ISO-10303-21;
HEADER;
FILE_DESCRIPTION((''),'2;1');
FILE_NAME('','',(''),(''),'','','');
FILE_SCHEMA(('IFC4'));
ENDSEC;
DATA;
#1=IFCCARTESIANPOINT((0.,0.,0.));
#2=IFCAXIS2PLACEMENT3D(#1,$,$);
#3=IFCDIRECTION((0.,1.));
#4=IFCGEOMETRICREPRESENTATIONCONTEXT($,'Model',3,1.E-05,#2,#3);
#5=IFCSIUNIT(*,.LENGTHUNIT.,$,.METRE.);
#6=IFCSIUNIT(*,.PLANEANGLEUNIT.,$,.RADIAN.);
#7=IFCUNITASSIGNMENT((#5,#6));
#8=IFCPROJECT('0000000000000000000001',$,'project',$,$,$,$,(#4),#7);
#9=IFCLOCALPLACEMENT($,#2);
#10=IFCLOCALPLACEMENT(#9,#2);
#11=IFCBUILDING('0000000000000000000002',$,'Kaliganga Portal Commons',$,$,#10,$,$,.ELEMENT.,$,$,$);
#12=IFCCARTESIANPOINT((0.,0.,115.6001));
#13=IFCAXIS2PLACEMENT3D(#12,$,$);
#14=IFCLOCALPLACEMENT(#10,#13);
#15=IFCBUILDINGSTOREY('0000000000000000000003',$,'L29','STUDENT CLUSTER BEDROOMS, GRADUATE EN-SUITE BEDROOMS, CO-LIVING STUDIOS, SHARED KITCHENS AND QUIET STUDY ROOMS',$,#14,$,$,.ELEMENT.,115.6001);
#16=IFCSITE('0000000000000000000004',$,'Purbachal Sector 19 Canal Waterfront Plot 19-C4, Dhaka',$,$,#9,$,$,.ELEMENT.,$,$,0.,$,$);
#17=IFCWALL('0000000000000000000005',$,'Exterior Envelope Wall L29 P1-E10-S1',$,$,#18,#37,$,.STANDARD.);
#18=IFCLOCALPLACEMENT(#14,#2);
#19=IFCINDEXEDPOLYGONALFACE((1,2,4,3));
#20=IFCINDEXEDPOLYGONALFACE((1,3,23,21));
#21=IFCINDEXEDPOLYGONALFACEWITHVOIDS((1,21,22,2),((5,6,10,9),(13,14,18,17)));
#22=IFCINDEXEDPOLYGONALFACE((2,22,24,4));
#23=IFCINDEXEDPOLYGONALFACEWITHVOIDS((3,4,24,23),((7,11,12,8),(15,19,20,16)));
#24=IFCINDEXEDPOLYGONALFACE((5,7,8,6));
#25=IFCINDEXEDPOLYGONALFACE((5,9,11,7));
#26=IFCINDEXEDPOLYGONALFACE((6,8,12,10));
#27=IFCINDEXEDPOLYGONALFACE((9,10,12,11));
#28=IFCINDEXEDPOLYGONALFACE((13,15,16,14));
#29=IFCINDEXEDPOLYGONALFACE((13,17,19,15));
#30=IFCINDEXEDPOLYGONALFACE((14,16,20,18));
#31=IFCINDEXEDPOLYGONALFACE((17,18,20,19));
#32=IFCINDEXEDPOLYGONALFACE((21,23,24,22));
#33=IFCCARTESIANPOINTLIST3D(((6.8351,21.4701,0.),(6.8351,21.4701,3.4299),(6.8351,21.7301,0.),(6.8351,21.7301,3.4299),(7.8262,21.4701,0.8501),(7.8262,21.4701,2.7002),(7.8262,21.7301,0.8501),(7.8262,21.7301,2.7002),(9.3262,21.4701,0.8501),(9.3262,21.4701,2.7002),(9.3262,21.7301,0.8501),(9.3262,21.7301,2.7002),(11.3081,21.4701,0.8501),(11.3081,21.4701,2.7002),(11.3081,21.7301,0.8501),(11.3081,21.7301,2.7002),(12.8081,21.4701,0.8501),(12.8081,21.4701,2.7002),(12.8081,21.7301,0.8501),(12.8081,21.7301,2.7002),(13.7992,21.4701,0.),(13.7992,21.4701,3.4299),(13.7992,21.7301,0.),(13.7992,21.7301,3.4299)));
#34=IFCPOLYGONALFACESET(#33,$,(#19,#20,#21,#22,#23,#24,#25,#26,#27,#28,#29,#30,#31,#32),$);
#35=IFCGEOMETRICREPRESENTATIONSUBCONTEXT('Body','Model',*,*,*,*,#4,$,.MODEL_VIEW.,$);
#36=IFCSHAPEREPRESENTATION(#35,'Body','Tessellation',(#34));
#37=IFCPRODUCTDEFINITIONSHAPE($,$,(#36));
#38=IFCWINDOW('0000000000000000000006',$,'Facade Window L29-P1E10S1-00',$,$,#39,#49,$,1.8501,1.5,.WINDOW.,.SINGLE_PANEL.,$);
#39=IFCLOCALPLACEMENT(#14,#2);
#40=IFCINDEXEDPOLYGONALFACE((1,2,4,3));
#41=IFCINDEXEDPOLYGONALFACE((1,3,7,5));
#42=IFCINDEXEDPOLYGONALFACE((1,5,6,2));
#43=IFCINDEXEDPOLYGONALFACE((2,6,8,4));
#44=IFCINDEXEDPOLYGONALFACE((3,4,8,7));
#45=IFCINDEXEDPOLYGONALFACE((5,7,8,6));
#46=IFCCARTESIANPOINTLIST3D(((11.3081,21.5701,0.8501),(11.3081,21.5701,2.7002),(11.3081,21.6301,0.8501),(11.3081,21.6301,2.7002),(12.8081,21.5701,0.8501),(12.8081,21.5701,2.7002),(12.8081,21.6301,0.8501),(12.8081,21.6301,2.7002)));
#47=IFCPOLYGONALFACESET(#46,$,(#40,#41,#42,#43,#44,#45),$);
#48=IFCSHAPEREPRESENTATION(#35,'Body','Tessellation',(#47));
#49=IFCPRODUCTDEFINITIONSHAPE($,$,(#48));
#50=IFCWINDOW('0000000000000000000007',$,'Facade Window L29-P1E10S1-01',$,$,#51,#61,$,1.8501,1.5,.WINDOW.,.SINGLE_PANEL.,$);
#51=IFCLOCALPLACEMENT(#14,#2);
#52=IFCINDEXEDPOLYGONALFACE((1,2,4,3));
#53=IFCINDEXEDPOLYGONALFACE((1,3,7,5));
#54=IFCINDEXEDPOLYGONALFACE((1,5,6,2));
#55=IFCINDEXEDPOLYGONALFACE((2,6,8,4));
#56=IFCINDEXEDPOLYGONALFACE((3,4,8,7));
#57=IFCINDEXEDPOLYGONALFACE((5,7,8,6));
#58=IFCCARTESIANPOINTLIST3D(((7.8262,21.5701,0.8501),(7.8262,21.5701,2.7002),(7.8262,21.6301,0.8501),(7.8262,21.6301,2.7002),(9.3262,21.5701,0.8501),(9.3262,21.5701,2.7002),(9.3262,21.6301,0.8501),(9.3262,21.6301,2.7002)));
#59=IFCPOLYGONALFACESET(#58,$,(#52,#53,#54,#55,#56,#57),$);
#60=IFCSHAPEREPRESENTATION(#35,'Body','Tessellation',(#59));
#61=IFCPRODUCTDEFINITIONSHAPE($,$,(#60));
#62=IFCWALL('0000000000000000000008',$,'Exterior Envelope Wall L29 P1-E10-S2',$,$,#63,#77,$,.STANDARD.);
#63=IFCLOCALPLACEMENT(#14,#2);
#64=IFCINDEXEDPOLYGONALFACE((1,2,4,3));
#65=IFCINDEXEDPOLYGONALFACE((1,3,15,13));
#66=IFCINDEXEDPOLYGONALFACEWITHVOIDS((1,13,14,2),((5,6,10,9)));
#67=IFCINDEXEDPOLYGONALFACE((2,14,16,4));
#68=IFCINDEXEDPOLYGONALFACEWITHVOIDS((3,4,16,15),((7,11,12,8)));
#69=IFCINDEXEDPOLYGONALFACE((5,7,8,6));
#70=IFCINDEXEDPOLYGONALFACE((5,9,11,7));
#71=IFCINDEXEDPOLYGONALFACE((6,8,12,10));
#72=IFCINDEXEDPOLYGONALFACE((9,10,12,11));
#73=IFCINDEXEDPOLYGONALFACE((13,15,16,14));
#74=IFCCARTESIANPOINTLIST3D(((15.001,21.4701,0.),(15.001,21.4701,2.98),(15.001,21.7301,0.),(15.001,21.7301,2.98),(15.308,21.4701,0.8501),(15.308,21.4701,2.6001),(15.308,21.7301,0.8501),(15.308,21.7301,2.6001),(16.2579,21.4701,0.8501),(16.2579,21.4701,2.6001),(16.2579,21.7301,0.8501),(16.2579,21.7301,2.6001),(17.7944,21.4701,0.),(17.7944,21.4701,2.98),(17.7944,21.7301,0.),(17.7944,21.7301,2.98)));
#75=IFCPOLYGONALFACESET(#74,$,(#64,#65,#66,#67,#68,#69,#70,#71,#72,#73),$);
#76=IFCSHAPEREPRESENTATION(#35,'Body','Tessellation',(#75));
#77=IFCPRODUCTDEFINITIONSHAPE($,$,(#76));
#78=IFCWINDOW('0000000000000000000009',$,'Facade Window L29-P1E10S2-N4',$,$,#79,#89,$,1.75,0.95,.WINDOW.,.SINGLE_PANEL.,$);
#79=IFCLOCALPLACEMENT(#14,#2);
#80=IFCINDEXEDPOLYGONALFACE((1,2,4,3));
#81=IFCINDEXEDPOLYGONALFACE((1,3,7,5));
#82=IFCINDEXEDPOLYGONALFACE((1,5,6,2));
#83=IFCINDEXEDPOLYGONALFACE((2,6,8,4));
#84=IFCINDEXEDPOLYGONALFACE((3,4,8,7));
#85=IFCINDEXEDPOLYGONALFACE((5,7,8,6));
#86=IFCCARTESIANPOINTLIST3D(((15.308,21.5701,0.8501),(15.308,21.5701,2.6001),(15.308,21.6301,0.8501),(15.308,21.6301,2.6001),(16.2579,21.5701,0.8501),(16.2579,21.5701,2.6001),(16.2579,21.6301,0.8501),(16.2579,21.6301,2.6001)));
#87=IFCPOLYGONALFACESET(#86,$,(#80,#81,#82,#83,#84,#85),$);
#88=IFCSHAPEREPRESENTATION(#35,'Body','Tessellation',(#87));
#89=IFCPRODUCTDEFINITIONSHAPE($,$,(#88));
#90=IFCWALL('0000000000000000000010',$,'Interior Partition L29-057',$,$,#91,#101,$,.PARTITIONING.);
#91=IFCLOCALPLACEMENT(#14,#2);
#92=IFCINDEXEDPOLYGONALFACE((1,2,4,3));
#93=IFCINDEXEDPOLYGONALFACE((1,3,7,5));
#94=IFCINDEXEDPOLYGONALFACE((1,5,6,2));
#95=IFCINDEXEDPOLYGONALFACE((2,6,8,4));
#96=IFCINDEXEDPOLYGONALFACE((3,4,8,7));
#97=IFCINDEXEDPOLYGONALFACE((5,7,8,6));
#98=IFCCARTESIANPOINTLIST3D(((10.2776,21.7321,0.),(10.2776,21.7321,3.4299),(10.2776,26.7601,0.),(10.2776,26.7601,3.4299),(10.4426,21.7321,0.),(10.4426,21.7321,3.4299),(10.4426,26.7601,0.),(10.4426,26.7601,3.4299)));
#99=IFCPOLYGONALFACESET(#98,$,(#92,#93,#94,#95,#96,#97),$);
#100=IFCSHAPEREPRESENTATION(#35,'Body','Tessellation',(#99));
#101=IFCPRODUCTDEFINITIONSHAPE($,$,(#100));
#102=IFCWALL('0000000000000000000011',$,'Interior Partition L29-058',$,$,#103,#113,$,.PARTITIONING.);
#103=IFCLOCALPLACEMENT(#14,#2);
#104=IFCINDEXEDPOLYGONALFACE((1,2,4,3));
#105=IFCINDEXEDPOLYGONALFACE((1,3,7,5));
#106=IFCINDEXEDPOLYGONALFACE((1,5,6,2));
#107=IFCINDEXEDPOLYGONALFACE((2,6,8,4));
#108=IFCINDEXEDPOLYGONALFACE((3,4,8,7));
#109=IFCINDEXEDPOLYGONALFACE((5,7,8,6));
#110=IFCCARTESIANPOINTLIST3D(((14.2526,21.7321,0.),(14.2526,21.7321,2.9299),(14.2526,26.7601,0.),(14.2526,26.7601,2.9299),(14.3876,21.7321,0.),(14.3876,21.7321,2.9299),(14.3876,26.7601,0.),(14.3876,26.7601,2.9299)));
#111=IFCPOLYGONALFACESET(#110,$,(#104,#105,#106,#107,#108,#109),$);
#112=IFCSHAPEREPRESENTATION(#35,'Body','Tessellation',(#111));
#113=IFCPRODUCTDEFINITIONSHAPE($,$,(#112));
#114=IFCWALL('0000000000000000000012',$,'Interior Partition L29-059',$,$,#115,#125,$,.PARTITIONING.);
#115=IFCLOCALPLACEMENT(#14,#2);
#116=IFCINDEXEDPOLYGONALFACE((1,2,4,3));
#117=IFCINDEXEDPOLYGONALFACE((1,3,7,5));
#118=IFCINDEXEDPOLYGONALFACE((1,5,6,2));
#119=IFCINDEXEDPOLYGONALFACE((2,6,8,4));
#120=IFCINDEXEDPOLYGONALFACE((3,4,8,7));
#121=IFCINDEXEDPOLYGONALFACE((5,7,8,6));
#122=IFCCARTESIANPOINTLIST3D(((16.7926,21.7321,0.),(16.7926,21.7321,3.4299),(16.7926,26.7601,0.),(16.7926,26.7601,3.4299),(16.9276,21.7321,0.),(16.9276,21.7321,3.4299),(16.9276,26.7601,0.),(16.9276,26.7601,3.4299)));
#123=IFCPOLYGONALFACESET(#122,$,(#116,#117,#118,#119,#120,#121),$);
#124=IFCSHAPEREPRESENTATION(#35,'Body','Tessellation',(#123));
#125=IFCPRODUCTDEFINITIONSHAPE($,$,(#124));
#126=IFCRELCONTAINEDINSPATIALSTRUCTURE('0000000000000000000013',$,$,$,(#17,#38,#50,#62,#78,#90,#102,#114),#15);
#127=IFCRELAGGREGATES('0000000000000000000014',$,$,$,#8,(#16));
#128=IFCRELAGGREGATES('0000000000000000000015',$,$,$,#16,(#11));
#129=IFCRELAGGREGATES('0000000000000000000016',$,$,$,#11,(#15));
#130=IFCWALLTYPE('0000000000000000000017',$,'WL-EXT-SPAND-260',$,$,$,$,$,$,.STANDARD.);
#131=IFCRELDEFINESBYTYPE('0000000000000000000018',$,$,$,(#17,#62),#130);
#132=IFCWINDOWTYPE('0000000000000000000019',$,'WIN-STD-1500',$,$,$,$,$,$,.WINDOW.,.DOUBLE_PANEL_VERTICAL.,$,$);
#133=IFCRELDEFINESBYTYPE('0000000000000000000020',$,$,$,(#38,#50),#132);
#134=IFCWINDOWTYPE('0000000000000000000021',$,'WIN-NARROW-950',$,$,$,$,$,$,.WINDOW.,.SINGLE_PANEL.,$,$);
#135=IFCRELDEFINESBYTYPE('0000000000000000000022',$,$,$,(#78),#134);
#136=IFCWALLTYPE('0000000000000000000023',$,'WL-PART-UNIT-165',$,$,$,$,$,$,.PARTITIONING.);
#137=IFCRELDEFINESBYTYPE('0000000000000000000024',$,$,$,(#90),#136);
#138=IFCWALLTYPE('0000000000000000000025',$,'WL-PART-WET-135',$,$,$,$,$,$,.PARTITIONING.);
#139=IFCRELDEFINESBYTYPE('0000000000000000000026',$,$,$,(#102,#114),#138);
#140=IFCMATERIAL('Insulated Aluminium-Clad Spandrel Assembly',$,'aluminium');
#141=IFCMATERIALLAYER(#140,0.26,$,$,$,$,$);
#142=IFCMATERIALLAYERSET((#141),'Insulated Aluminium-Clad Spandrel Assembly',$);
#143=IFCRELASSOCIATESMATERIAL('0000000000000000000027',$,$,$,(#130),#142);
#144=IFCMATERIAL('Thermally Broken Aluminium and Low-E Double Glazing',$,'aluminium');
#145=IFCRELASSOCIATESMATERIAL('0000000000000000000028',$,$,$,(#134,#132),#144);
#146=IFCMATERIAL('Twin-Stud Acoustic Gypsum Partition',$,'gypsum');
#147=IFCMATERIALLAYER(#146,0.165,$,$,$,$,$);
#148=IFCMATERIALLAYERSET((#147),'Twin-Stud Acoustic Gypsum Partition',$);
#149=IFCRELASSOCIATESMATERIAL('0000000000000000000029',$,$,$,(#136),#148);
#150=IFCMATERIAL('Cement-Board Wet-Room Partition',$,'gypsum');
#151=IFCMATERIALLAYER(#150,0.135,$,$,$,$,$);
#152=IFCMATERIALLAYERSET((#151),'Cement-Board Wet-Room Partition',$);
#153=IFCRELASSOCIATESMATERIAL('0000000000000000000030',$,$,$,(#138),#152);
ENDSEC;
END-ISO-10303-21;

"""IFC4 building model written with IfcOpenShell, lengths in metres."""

from ifc_helpers import new_model, si_unit, direction, frame, frame_2d, origin, place, context, subcontext, project, spatial, rectangle, extrude, material, layer, layer_set, type_object, element, fill, save


model = new_model("IFC4")

# Units and contexts
model_context = context("Model", 3, precision=1e-05, world=origin(), true_north=direction((0.0, 1.0)))
body_context = subcontext(model_context, "Body", "Model", "MODEL_VIEW")
ifc_project = project(units=[si_unit("LENGTHUNIT", "METRE"), si_unit("PLANEANGLEUNIT", "RADIAN")], contexts=[model_context])

# Site, building, storey
site_placement = place(None, origin())
site = spatial("IfcSite", under=ifc_project, at=site_placement, Name="Purbachal Sector 19 Canal Waterfront Plot 19-C4, Dhaka", CompositionType="ELEMENT", RefElevation=0.0)
building_placement = place(site_placement, origin())
building = spatial("IfcBuilding", under=site, at=building_placement, Name="Kaliganga Portal Commons", CompositionType="ELEMENT")
storey_placement = place(building_placement, frame((0.0, 0.0, 115.6001)))
storey = spatial("IfcBuildingStorey", under=building, at=storey_placement, Name="L29", Description="STUDENT CLUSTER BEDROOMS, GRADUATE EN-SUITE BEDROOMS, CO-LIVING STUDIOS, SHARED KITCHENS AND QUIET STUDY ROOMS", CompositionType="ELEMENT", Elevation=115.6001)

# Wall, openings, windows
ifc_material_1 = material(Name="Insulated Aluminium-Clad Spandrel Assembly", Category="aluminium")
ifc_layer_1 = layer(ifc_material_1, 0.26)
ifc_layer_set_1 = layer_set([ifc_layer_1], Name="Insulated Aluminium-Clad Spandrel Assembly")
wall_type_1 = type_object("IfcWallType", Name="WL-EXT-SPAND-260", PredefinedType="STANDARD", material=ifc_layer_set_1)
ifc_material_2 = material(Name="Thermally Broken Aluminium and Low-E Double Glazing", Category="aluminium")
window_type_1 = type_object("IfcWindowType", Name="WIN-NARROW-950", PartitioningType="SINGLE_PANEL", PredefinedType="WINDOW", material=ifc_material_2)
window_type_2 = type_object("IfcWindowType", Name="WIN-STD-1500", PartitioningType="DOUBLE_PANEL_VERTICAL", PredefinedType="WINDOW", material=ifc_material_2)
wall_1_placement = place(storey_placement, frame((13.7991, 21.6001, 0.0), z_axis=(0.0, 0.0, 1.0), x_axis=(-1.0, 0.0, 0.0)))
wall_1 = element("IfcWall", 1, at=wall_1_placement, inside=storey, type_object=wall_type_1, Name="Exterior Envelope Wall L29 P1-E10-S1", PredefinedType="STANDARD", context=body_context, shape_type="SweptSolid", body=[
    extrude(rectangle(XDim=6.9641, YDim=0.26, at=frame_2d((3.4819, 0.0))), origin(), (0.0, 0.0, 1.0), 3.4299),
])
opening_1_placement = place(wall_1_placement, frame((0.991, 0.0, 0.8501)))
opening_1 = element("IfcOpeningElement", 2, at=opening_1_placement, cuts=wall_1, PredefinedType="OPENING", context=body_context, shape_type="SweptSolid", body=[
    extrude(rectangle(XDim=1.5, YDim=1.8501, at=frame_2d((0.75, 0.925))), frame((0.0, 0.1401, 0.0), z_axis=(0.0, -1.0, 0.0), x_axis=(1.0, 0.0, 0.0)), (0.0, 0.0, 1.0), 0.28),
])
opening_2_placement = place(wall_1_placement, frame((4.4729, 0.0, 0.8501)))
opening_2 = element("IfcOpeningElement", 3, at=opening_2_placement, cuts=wall_1, PredefinedType="OPENING", context=body_context, shape_type="SweptSolid", body=[
    extrude(rectangle(XDim=1.5, YDim=1.8501, at=frame_2d((0.75, 0.925))), frame((0.0, 0.1401, 0.0), z_axis=(0.0, -1.0, 0.0), x_axis=(1.0, 0.0, 0.0)), (0.0, 0.0, 1.0), 0.28),
])
window_1_placement = place(opening_1_placement, origin())
window_1 = element("IfcWindow", 4, at=window_1_placement, inside=storey, type_object=window_type_2, Name="Facade Window L29-P1E10S1-00", OverallHeight=1.8501, OverallWidth=1.5, PartitioningType="SINGLE_PANEL", PredefinedType="WINDOW", context=body_context, shape_type="SweptSolid", body=[
    extrude(rectangle(XDim=1.5, YDim=1.8501, at=frame_2d((0.75, 0.925))), frame((0.0, 0.03, 0.0), z_axis=(0.0, -1.0, 0.0), x_axis=(1.0, 0.0, 0.0)), (0.0, 0.0, 1.0), 0.0601),
])
fill(opening_1, window_1)
window_2_placement = place(opening_2_placement, origin())
window_2 = element("IfcWindow", 5, at=window_2_placement, inside=storey, type_object=window_type_2, Name="Facade Window L29-P1E10S1-01", OverallHeight=1.8501, OverallWidth=1.5, PartitioningType="SINGLE_PANEL", PredefinedType="WINDOW", context=body_context, shape_type="SweptSolid", body=[
    extrude(rectangle(XDim=1.5, YDim=1.8501, at=frame_2d((0.75, 0.925))), frame((0.0, 0.03, 0.0), z_axis=(0.0, -1.0, 0.0), x_axis=(1.0, 0.0, 0.0)), (0.0, 0.0, 1.0), 0.0601),
])
fill(opening_2, window_2)

# Wall, opening, window
wall_2_placement = place(storey_placement, frame((17.7944, 21.6001, 0.0), z_axis=(0.0, 0.0, 1.0), x_axis=(-1.0, 0.0, 0.0)))
wall_2 = element("IfcWall", 6, at=wall_2_placement, inside=storey, type_object=wall_type_1, Name="Exterior Envelope Wall L29 P1-E10-S2", PredefinedType="STANDARD", context=body_context, shape_type="SweptSolid", body=[
    extrude(rectangle(XDim=2.7935, YDim=0.26, at=frame_2d((1.3967, 0.0))), origin(), (0.0, 0.0, 1.0), 2.98),
])
opening_3_placement = place(wall_2_placement, frame((1.5364, 0.0, 0.8501)))
opening_3 = element("IfcOpeningElement", 7, at=opening_3_placement, cuts=wall_2, PredefinedType="OPENING", context=body_context, shape_type="SweptSolid", body=[
    extrude(rectangle(XDim=0.95, YDim=1.75, at=frame_2d((0.4751, 0.875))), frame((0.0, 0.1401, 0.0), z_axis=(0.0, -1.0, 0.0), x_axis=(1.0, 0.0, 0.0)), (0.0, 0.0, 1.0), 0.28),
])
window_3_placement = place(opening_3_placement, origin())
window_3 = element("IfcWindow", 8, at=window_3_placement, inside=storey, type_object=window_type_1, Name="Facade Window L29-P1E10S2-N4", OverallHeight=1.75, OverallWidth=0.95, PartitioningType="SINGLE_PANEL", PredefinedType="WINDOW", context=body_context, shape_type="SweptSolid", body=[
    extrude(rectangle(XDim=0.95, YDim=1.75, at=frame_2d((0.4751, 0.875))), frame((0.0, 0.03, 0.0), z_axis=(0.0, -1.0, 0.0), x_axis=(1.0, 0.0, 0.0)), (0.0, 0.0, 1.0), 0.0601),
])
fill(opening_3, window_3)

# Walls
ifc_material_3 = material(Name="Twin-Stud Acoustic Gypsum Partition", Category="gypsum")
ifc_layer_2 = layer(ifc_material_3, 0.165)
ifc_layer_set_2 = layer_set([ifc_layer_2], Name="Twin-Stud Acoustic Gypsum Partition")
wall_type_2 = type_object("IfcWallType", Name="WL-PART-UNIT-165", PredefinedType="PARTITIONING", material=ifc_layer_set_2)
wall_3_placement = place(storey_placement, frame((10.3601, 21.7319, 0.0), z_axis=(0.0, 0.0, 1.0), x_axis=(0.0, 1.0, 0.0)))
element("IfcWall", 9, at=wall_3_placement, inside=storey, type_object=wall_type_2, Name="Interior Partition L29-057", PredefinedType="PARTITIONING", context=body_context, shape_type="SweptSolid", body=[
    extrude(rectangle(XDim=5.0281, YDim=0.165, at=frame_2d((2.5142, 0.0))), origin(), (0.0, 0.0, 1.0), 3.4299),
])
ifc_material_4 = material(Name="Cement-Board Wet-Room Partition", Category="gypsum")
ifc_layer_3 = layer(ifc_material_4, 0.135)
ifc_layer_set_3 = layer_set([ifc_layer_3], Name="Cement-Board Wet-Room Partition")
wall_type_3 = type_object("IfcWallType", Name="WL-PART-WET-135", PredefinedType="PARTITIONING", material=ifc_layer_set_3)
wall_4_placement = place(storey_placement, frame((14.3201, 21.7319, 0.0), z_axis=(0.0, 0.0, 1.0), x_axis=(0.0, 1.0, 0.0)))
element("IfcWall", 10, at=wall_4_placement, inside=storey, type_object=wall_type_3, Name="Interior Partition L29-058", PredefinedType="PARTITIONING", context=body_context, shape_type="SweptSolid", body=[
    extrude(rectangle(XDim=5.0281, YDim=0.135, at=frame_2d((2.5142, 0.0))), origin(), (0.0, 0.0, 1.0), 2.9299),
])
wall_5_placement = place(storey_placement, frame((16.8601, 21.7319, 0.0), z_axis=(0.0, 0.0, 1.0), x_axis=(0.0, 1.0, 0.0)))
element("IfcWall", 11, at=wall_5_placement, inside=storey, type_object=wall_type_3, Name="Interior Partition L29-059", PredefinedType="PARTITIONING", context=body_context, shape_type="SweptSolid", body=[
    extrude(rectangle(XDim=5.0281, YDim=0.135, at=frame_2d((2.5142, 0.0))), origin(), (0.0, 0.0, 1.0), 3.4299),
])

save(model, "model.ifc")
